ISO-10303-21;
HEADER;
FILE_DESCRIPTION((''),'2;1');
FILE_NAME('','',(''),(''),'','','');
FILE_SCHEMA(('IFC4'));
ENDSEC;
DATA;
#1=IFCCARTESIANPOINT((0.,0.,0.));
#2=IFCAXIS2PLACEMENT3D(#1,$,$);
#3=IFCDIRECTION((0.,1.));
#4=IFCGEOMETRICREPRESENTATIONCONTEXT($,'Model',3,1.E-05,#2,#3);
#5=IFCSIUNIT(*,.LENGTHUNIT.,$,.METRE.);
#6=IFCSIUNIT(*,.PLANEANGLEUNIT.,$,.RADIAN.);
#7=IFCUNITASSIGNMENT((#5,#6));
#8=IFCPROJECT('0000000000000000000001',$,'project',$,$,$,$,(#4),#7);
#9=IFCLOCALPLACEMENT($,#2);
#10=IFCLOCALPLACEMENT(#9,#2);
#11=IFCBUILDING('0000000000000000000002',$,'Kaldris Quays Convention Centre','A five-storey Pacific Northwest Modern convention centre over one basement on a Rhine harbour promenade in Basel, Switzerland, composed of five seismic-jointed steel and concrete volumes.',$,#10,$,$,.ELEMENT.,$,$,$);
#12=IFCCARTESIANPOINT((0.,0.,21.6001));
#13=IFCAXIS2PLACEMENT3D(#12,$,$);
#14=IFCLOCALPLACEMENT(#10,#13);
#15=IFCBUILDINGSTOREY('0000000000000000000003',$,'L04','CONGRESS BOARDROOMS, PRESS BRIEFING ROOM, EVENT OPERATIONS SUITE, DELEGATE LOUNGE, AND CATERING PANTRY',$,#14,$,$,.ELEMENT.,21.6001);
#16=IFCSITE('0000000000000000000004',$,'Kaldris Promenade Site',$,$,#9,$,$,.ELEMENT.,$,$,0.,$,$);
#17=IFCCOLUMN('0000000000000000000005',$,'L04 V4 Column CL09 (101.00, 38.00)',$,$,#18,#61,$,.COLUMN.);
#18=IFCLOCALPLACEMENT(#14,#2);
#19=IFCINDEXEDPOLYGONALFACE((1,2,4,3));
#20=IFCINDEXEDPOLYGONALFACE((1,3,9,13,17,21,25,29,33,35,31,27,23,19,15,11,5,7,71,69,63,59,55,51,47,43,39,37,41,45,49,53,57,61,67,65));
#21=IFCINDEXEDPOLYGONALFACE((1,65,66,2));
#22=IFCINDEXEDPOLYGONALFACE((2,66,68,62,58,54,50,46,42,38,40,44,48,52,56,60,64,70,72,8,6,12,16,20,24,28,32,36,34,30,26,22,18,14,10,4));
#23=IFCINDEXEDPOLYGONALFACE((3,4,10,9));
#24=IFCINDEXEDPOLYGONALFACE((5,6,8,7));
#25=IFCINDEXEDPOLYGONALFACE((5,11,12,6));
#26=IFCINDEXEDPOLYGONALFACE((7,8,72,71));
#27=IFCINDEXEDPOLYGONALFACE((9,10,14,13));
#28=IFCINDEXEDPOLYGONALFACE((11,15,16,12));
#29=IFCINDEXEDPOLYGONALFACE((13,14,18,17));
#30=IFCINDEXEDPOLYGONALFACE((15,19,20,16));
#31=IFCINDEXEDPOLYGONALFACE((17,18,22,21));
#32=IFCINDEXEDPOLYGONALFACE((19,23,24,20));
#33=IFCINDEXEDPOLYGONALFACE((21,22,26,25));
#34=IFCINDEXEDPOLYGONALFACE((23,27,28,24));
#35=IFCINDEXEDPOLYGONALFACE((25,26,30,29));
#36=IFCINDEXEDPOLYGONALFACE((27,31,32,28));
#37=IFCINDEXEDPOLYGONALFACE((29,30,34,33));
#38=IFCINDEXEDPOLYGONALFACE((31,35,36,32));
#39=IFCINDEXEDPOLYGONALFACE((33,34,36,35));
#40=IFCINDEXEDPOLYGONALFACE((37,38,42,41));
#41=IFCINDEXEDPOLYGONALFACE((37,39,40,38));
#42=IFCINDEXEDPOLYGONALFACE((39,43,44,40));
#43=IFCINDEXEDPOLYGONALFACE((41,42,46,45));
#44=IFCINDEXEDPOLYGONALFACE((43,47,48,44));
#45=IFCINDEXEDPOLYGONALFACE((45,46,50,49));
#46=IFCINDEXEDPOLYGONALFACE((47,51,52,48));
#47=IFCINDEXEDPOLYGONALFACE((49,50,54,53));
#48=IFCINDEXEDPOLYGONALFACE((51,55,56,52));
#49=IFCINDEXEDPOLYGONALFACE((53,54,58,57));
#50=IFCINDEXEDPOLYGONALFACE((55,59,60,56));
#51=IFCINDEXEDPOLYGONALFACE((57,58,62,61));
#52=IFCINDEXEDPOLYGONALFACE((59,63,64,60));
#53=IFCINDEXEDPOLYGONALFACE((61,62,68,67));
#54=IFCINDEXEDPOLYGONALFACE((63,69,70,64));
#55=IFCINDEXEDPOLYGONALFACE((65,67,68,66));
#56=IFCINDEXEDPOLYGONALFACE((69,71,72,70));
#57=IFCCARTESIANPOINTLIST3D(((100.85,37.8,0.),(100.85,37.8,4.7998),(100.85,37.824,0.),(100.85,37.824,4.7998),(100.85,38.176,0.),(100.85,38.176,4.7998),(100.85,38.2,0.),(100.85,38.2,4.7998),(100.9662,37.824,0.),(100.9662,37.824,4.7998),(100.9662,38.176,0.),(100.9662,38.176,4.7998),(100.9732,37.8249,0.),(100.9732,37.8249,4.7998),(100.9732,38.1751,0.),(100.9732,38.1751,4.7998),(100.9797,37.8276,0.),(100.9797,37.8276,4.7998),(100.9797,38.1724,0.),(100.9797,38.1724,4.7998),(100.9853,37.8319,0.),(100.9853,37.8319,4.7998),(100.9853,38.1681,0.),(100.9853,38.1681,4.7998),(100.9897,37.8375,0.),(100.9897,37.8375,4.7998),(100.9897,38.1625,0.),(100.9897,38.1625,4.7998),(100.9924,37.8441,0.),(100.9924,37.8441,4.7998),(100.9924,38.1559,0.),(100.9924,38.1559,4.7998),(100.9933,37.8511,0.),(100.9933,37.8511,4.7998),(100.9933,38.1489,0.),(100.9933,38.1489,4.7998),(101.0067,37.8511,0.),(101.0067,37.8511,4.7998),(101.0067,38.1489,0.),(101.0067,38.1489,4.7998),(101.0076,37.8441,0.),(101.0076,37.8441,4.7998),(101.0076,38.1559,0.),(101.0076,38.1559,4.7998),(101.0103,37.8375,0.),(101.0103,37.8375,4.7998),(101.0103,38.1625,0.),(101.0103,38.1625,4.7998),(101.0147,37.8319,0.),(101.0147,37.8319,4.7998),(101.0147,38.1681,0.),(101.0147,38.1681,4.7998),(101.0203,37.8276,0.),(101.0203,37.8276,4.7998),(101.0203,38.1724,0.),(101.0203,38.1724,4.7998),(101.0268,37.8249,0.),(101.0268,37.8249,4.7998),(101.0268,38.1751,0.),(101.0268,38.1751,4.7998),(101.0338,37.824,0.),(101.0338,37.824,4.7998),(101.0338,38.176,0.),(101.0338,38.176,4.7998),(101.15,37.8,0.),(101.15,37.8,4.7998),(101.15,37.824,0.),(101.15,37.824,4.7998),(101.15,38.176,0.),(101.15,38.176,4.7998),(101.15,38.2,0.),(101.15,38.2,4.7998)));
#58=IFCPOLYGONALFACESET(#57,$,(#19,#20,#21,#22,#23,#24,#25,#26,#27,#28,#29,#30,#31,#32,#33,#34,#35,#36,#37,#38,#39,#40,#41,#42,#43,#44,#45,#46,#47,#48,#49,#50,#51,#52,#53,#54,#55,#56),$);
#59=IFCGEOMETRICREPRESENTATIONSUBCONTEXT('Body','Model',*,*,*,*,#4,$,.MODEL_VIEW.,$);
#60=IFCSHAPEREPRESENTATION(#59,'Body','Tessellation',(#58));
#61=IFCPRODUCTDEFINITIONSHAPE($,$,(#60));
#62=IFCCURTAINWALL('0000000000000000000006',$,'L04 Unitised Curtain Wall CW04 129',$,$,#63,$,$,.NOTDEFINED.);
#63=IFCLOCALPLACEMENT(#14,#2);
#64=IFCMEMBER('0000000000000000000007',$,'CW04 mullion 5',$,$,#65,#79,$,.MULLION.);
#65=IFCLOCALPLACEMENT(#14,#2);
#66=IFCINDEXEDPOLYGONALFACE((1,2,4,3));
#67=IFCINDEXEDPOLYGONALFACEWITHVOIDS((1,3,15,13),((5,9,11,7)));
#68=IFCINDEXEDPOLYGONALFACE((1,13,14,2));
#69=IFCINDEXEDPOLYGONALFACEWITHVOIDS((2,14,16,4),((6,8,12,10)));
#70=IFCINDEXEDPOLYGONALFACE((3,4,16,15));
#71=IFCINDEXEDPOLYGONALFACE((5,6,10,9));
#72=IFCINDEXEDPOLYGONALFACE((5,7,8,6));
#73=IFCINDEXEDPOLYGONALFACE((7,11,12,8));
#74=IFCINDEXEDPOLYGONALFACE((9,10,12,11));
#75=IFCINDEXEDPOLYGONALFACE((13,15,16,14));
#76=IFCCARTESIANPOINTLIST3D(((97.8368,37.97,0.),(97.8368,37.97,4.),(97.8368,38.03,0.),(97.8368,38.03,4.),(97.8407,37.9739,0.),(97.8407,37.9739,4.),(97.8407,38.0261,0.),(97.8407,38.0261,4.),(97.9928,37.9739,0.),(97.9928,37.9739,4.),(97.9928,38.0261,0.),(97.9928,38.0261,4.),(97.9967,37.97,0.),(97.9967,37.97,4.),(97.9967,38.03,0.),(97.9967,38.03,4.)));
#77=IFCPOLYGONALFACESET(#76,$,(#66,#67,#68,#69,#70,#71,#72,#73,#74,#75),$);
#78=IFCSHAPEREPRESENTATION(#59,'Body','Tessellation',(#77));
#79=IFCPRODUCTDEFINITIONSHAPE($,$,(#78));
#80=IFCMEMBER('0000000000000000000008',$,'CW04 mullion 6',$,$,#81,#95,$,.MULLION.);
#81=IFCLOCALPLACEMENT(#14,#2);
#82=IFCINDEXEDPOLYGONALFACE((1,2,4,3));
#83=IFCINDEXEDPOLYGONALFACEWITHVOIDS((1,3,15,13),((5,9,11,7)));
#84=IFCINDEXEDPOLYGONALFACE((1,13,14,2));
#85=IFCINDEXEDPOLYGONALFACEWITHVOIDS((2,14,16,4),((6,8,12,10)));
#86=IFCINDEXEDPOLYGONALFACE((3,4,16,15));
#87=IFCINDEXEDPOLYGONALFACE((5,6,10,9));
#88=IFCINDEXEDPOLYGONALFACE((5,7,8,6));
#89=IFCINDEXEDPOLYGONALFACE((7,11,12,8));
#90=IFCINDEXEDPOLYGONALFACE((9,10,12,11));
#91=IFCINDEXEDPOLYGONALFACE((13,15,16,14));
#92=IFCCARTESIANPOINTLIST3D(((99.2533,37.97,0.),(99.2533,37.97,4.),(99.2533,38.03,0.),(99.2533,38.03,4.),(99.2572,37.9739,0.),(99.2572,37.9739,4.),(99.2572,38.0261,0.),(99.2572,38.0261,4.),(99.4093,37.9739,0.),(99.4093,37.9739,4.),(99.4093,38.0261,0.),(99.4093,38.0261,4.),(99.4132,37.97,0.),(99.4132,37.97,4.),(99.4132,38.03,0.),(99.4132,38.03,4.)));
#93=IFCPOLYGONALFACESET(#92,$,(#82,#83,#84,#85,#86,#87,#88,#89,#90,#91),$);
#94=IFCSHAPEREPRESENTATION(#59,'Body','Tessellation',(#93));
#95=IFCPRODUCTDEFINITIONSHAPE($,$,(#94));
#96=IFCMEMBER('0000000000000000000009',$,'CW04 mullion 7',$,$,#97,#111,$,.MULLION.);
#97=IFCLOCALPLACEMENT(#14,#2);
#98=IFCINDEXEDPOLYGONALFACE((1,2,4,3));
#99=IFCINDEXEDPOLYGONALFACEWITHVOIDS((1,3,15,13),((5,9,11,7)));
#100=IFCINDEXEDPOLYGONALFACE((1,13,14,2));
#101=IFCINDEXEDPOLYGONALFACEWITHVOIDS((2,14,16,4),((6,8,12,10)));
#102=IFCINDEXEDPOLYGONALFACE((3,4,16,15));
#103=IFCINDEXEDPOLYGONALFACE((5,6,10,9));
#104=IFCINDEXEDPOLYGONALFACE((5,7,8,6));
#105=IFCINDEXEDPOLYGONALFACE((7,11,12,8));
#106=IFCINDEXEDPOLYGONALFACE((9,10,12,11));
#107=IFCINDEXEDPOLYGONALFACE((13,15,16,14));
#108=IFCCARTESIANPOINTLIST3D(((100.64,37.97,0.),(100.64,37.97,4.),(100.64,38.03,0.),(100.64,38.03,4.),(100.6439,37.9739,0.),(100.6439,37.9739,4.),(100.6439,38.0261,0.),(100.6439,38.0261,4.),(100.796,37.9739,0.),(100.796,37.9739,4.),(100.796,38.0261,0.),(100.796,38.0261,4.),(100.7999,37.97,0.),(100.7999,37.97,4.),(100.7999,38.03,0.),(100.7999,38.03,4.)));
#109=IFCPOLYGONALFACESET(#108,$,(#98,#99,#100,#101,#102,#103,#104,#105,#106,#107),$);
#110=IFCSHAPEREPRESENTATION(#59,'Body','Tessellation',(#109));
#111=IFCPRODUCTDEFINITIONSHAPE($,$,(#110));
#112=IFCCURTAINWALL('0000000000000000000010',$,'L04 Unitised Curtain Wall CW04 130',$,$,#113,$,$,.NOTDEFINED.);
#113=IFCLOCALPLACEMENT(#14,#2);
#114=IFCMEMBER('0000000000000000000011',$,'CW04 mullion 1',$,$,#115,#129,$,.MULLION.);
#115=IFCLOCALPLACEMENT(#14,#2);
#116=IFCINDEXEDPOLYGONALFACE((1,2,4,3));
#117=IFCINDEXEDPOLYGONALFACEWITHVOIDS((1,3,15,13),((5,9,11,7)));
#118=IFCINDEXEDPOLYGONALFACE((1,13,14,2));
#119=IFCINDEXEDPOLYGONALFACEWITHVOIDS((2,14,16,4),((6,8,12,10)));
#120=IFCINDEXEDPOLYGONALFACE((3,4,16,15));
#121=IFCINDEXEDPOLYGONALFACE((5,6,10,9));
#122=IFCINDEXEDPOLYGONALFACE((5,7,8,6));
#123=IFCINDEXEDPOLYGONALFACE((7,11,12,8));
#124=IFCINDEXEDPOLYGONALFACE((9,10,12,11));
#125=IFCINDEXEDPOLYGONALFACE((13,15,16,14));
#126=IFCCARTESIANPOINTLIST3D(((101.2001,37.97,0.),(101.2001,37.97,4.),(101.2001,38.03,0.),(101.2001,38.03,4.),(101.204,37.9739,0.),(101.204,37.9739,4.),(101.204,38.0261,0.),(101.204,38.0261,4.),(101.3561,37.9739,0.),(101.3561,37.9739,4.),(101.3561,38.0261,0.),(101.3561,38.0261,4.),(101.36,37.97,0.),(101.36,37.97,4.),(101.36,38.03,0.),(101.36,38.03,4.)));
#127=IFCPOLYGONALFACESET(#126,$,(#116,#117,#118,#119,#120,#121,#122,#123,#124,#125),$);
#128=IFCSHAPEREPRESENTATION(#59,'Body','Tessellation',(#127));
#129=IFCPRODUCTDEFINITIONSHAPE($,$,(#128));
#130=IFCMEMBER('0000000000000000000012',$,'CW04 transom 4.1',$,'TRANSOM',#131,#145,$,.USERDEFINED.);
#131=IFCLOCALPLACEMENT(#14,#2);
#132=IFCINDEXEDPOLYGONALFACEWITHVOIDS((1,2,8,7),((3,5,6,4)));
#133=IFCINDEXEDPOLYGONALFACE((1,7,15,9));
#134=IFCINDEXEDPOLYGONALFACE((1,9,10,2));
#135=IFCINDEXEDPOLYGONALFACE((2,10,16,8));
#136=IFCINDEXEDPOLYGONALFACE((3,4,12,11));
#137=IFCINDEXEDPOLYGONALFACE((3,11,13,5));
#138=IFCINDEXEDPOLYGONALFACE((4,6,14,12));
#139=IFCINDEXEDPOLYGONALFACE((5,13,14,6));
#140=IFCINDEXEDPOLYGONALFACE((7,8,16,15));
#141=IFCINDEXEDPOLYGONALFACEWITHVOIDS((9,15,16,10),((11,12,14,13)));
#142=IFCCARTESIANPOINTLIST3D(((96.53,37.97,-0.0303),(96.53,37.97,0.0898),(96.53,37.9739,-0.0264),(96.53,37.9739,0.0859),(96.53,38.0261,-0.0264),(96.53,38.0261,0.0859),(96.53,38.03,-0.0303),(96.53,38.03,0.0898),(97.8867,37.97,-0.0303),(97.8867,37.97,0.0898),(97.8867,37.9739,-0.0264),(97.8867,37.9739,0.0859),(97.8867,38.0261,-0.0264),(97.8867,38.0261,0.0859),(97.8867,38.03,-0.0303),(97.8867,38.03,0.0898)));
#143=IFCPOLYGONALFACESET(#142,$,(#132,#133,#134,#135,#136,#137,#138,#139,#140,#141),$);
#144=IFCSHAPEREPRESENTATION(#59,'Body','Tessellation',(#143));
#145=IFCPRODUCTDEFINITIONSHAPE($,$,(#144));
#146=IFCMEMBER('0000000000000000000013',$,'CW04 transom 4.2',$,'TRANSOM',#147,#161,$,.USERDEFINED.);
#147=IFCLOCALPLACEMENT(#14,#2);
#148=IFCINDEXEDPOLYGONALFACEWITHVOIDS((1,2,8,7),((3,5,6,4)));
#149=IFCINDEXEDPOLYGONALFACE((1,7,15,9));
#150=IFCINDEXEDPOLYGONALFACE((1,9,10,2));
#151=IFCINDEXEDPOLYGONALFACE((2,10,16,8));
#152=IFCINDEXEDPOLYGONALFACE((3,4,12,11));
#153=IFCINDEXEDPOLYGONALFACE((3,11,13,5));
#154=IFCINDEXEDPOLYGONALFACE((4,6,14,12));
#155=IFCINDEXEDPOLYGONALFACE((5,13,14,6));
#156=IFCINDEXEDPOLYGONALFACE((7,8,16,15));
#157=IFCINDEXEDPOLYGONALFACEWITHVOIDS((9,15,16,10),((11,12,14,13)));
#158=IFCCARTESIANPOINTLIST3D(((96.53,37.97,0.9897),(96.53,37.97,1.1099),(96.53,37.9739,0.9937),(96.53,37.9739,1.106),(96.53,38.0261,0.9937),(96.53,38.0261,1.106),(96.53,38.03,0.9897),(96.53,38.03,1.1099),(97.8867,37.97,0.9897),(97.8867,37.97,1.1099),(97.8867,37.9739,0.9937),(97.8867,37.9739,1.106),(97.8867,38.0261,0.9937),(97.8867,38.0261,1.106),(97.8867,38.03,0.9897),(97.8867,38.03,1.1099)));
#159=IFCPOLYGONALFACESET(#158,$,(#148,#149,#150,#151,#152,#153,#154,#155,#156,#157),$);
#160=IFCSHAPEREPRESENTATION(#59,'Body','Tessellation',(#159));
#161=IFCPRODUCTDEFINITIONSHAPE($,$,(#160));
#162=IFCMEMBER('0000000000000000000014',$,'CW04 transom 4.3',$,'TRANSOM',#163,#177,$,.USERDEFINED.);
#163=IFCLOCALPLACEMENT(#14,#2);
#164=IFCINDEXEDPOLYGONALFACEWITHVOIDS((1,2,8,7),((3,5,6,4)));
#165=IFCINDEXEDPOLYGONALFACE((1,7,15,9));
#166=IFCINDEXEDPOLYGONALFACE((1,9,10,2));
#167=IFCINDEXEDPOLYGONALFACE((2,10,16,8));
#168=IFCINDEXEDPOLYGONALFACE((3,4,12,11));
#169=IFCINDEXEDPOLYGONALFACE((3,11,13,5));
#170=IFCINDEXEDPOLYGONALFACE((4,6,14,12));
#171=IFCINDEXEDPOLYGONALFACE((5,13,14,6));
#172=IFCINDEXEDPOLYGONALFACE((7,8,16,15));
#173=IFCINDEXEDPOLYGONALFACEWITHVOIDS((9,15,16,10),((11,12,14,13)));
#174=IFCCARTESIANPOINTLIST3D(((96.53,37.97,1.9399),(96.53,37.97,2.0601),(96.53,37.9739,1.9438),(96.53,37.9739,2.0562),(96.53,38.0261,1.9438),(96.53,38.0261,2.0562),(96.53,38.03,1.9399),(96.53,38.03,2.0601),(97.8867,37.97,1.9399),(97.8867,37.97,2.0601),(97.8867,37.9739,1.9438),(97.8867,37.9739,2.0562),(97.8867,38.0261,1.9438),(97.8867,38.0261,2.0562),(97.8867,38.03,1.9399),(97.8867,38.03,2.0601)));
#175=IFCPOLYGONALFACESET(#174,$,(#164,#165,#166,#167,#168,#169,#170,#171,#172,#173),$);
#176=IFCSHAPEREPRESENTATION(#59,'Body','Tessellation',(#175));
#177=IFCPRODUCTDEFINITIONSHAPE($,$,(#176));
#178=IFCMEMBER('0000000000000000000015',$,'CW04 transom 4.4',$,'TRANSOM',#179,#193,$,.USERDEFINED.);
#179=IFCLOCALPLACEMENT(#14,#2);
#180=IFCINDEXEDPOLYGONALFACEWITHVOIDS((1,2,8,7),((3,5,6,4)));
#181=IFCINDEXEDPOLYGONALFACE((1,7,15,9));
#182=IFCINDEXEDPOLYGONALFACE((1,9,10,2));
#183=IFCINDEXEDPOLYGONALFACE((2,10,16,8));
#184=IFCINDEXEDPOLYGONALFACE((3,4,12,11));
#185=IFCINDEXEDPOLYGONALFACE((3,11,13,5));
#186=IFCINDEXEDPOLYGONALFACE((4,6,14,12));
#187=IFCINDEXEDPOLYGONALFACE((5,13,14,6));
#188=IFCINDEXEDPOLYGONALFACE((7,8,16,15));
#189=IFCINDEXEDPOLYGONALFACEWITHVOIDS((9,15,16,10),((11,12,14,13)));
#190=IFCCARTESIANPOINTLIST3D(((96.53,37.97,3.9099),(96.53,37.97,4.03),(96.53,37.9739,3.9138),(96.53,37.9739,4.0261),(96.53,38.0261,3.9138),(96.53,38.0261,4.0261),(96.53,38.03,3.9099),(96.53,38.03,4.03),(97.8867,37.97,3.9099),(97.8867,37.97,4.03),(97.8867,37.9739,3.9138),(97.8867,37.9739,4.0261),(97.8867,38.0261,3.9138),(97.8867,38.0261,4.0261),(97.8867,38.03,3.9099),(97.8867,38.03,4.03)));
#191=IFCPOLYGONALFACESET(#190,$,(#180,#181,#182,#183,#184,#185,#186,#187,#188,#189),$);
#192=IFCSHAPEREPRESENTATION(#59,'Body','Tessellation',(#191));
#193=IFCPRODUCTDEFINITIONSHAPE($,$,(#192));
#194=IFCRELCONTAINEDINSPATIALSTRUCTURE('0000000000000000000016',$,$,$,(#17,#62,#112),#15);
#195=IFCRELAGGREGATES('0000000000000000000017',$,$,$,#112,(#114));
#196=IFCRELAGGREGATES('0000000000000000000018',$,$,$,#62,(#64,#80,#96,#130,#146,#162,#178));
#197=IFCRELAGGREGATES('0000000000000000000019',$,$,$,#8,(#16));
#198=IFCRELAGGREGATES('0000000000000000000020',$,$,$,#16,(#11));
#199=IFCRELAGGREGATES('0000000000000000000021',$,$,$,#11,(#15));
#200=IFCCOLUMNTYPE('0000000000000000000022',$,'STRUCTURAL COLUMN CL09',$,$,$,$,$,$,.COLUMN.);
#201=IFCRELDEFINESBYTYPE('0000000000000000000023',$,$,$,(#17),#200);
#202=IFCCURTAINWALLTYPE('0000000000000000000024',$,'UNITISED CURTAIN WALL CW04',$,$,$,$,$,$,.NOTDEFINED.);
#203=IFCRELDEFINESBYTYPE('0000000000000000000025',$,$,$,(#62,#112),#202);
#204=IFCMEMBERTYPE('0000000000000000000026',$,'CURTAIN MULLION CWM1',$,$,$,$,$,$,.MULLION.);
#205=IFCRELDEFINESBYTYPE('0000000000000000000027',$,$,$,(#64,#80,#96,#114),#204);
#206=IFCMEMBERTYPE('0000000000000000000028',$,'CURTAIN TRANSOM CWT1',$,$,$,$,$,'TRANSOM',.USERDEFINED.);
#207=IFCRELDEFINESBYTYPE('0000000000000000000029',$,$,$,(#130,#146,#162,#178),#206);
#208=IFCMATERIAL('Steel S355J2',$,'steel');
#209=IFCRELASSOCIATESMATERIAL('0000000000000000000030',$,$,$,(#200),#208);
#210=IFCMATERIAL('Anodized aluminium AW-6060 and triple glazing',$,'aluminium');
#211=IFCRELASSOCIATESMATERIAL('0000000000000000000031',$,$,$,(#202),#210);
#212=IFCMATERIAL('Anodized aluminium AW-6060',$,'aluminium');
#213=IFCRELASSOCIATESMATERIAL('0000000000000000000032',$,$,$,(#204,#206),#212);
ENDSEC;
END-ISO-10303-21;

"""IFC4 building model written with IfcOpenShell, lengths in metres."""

from ifc_helpers import new_model, si_unit, direction, frame, origin, origin_2d, place, context, subcontext, project, spatial, hollow_rectangle, i_section, extrude, material, material_profile, profile_set, type_object, element, aggregate, save


model = new_model("IFC4")

# Units and contexts
model_context = context("Model", 3, precision=1e-05, world=origin(), true_north=direction((0.0, 1.0)))
body_context = subcontext(model_context, "Body", "Model", "MODEL_VIEW")
ifc_project = project(units=[si_unit("LENGTHUNIT", "METRE"), si_unit("PLANEANGLEUNIT", "RADIAN")], contexts=[model_context])

# Site, building, storey
site_placement = place(None, origin())
site = spatial("IfcSite", under=ifc_project, at=site_placement, Name="Kaldris Promenade Site", CompositionType="ELEMENT", RefElevation=0.0)
building_placement = place(site_placement, origin())
building = spatial("IfcBuilding", under=site, at=building_placement, Name="Kaldris Quays Convention Centre", Description="A five-storey Pacific Northwest Modern convention centre over one basement on a Rhine harbour promenade in Basel, Switzerland, composed of five seismic-jointed steel and concrete volumes.", CompositionType="ELEMENT")
storey_placement = place(building_placement, frame((0.0, 0.0, 21.6001)))
storey = spatial("IfcBuildingStorey", under=building, at=storey_placement, Name="L04", Description="CONGRESS BOARDROOMS, PRESS BRIEFING ROOM, EVENT OPERATIONS SUITE, DELEGATE LOUNGE, AND CATERING PANTRY", CompositionType="ELEMENT", Elevation=21.6001)

# Column
ifc_material_1 = material(Name="Steel S355J2", Category="steel")
ifc_material_profile_1 = material_profile(ifc_material_1, i_section(OverallWidth=0.3, OverallDepth=0.3999, WebThickness=0.0134, FlangeThickness=0.0239, FilletRadius=0.0271, at=origin_2d()), Name="HEB 400")
ifc_profile_set_1 = profile_set([ifc_material_profile_1], Name="Steel S355J2")
column_type = type_object("IfcColumnType", Name="STRUCTURAL COLUMN CL09", PredefinedType="COLUMN", material=ifc_profile_set_1)
column_placement = place(storey_placement, frame((101.0, 38.0, 0.0), z_axis=(0.0, 0.0, 1.0), x_axis=(1.0, 0.0, 0.0)))
element("IfcColumn", 1, at=column_placement, inside=storey, type_object=column_type, Name="L04 V4 Column CL09 (101.00, 38.00)", PredefinedType="COLUMN", context=body_context, shape_type="SweptSolid", body=[
    extrude(i_section(OverallWidth=0.3, OverallDepth=0.3999, WebThickness=0.0134, FlangeThickness=0.0239, FilletRadius=0.0271, at=origin_2d()), origin(), (0.0, 0.0, 1.0), 4.7998),
])

# Curtain wall, members
ifc_material_2 = material(Name="Anodized aluminium AW-6060 and triple glazing", Category="aluminium")
curtain_wall_type = type_object("IfcCurtainWallType", Name="UNITISED CURTAIN WALL CW04", PredefinedType="NOTDEFINED", material=ifc_material_2)
curtain_wall_1_placement = place(storey_placement, origin())
curtain_wall_1 = element("IfcCurtainWall", 2, at=curtain_wall_1_placement, inside=storey, type_object=curtain_wall_type, Name="L04 Unitised Curtain Wall CW04 129", PredefinedType="NOTDEFINED")
ifc_material_3 = material(Name="Anodized aluminium AW-6060", Category="aluminium")
ifc_material_profile_2 = material_profile(ifc_material_3, hollow_rectangle(XDim=0.0601, YDim=0.1599, WallThickness=0.0039, at=origin_2d()), Name="RHS 160x60x4")
ifc_profile_set_2 = profile_set([ifc_material_profile_2], Name="Anodized aluminium AW-6060")
member_type_1 = type_object("IfcMemberType", Name="CURTAIN MULLION CWM1", PredefinedType="MULLION", material=ifc_profile_set_2)
member_1_placement = place(storey_placement, frame((97.9167, 38.0, 0.0), z_axis=(0.0, 0.0, 1.0), x_axis=(0.0, 1.0, 0.0)))
member_1 = element("IfcMember", 3, at=member_1_placement, type_object=member_type_1, Name="CW04 mullion 5", PredefinedType="MULLION", context=body_context, shape_type="SweptSolid", body=[
    extrude(hollow_rectangle(XDim=0.0601, YDim=0.1599, WallThickness=0.0039, at=origin_2d()), origin(), (0.0, 0.0, 1.0), 4.0),
])
member_2_placement = place(storey_placement, frame((99.3333, 38.0, 0.0), z_axis=(0.0, 0.0, 1.0), x_axis=(0.0, 1.0, 0.0)))
member_2 = element("IfcMember", 4, at=member_2_placement, type_object=member_type_1, Name="CW04 mullion 6", PredefinedType="MULLION", context=body_context, shape_type="SweptSolid", body=[
    extrude(hollow_rectangle(XDim=0.0601, YDim=0.1599, WallThickness=0.0039, at=origin_2d()), origin(), (0.0, 0.0, 1.0), 4.0),
])
member_3_placement = place(storey_placement, frame((100.72, 38.0, 0.0), z_axis=(0.0, 0.0, 1.0), x_axis=(0.0, 1.0, 0.0)))
member_3 = element("IfcMember", 5, at=member_3_placement, type_object=member_type_1, Name="CW04 mullion 7", PredefinedType="MULLION", context=body_context, shape_type="SweptSolid", body=[
    extrude(hollow_rectangle(XDim=0.0601, YDim=0.1599, WallThickness=0.0039, at=origin_2d()), origin(), (0.0, 0.0, 1.0), 4.0),
])

# Curtain wall, member
curtain_wall_2_placement = place(storey_placement, origin())
curtain_wall_2 = element("IfcCurtainWall", 6, at=curtain_wall_2_placement, inside=storey, type_object=curtain_wall_type, Name="L04 Unitised Curtain Wall CW04 130", PredefinedType="NOTDEFINED")
member_4_placement = place(storey_placement, frame((101.28, 38.0, 0.0), z_axis=(0.0, 0.0, 1.0), x_axis=(0.0, 1.0, 0.0)))
member_4 = element("IfcMember", 7, at=member_4_placement, type_object=member_type_1, Name="CW04 mullion 1", PredefinedType="MULLION", context=body_context, shape_type="SweptSolid", body=[
    extrude(hollow_rectangle(XDim=0.0601, YDim=0.1599, WallThickness=0.0039, at=origin_2d()), origin(), (0.0, 0.0, 1.0), 4.0),
])

# Members
ifc_material_profile_3 = material_profile(ifc_material_3, hollow_rectangle(XDim=0.0601, YDim=0.1201, WallThickness=0.0039, at=origin_2d()), Name="RHS 120x60x4")
ifc_profile_set_3 = profile_set([ifc_material_profile_3], Name="Anodized aluminium AW-6060")
member_type_2 = type_object("IfcMemberType", Name="CURTAIN TRANSOM CWT1", ElementType="TRANSOM", PredefinedType="USERDEFINED", material=ifc_profile_set_3)
member_5_placement = place(storey_placement, frame((96.53, 38.0, 0.0298), z_axis=(1.0, 0.0, 0.0), x_axis=(0.0, 1.0, 0.0)))
member_5 = element("IfcMember", 8, at=member_5_placement, type_object=member_type_2, Name="CW04 transom 4.1", ObjectType="TRANSOM", PredefinedType="USERDEFINED", context=body_context, shape_type="SweptSolid", body=[
    extrude(hollow_rectangle(XDim=0.0601, YDim=0.1201, WallThickness=0.0039, at=origin_2d()), origin(), (0.0, 0.0, 1.0), 1.3567),
])
member_6_placement = place(storey_placement, frame((96.53, 38.0, 1.0498), z_axis=(1.0, 0.0, 0.0), x_axis=(0.0, 1.0, 0.0)))
member_6 = element("IfcMember", 9, at=member_6_placement, type_object=member_type_2, Name="CW04 transom 4.2", ObjectType="TRANSOM", PredefinedType="USERDEFINED", context=body_context, shape_type="SweptSolid", body=[
    extrude(hollow_rectangle(XDim=0.0601, YDim=0.1201, WallThickness=0.0039, at=origin_2d()), origin(), (0.0, 0.0, 1.0), 1.3567),
])
member_7_placement = place(storey_placement, frame((96.53, 38.0, 2.0), z_axis=(1.0, 0.0, 0.0), x_axis=(0.0, 1.0, 0.0)))
member_7 = element("IfcMember", 10, at=member_7_placement, type_object=member_type_2, Name="CW04 transom 4.3", ObjectType="TRANSOM", PredefinedType="USERDEFINED", context=body_context, shape_type="SweptSolid", body=[
    extrude(hollow_rectangle(XDim=0.0601, YDim=0.1201, WallThickness=0.0039, at=origin_2d()), origin(), (0.0, 0.0, 1.0), 1.3567),
])
member_8_placement = place(storey_placement, frame((96.53, 38.0, 3.97), z_axis=(1.0, 0.0, 0.0), x_axis=(0.0, 1.0, 0.0)))
member_8 = element("IfcMember", 11, at=member_8_placement, type_object=member_type_2, Name="CW04 transom 4.4", ObjectType="TRANSOM", PredefinedType="USERDEFINED", context=body_context, shape_type="SweptSolid", body=[
    extrude(hollow_rectangle(XDim=0.0601, YDim=0.1201, WallThickness=0.0039, at=origin_2d()), origin(), (0.0, 0.0, 1.0), 1.3567),
])
aggregate(curtain_wall_2, [member_4])

aggregate(curtain_wall_1, [member_1, member_2, member_3, member_5, member_6, member_7, member_8])

save(model, "model.ifc")
